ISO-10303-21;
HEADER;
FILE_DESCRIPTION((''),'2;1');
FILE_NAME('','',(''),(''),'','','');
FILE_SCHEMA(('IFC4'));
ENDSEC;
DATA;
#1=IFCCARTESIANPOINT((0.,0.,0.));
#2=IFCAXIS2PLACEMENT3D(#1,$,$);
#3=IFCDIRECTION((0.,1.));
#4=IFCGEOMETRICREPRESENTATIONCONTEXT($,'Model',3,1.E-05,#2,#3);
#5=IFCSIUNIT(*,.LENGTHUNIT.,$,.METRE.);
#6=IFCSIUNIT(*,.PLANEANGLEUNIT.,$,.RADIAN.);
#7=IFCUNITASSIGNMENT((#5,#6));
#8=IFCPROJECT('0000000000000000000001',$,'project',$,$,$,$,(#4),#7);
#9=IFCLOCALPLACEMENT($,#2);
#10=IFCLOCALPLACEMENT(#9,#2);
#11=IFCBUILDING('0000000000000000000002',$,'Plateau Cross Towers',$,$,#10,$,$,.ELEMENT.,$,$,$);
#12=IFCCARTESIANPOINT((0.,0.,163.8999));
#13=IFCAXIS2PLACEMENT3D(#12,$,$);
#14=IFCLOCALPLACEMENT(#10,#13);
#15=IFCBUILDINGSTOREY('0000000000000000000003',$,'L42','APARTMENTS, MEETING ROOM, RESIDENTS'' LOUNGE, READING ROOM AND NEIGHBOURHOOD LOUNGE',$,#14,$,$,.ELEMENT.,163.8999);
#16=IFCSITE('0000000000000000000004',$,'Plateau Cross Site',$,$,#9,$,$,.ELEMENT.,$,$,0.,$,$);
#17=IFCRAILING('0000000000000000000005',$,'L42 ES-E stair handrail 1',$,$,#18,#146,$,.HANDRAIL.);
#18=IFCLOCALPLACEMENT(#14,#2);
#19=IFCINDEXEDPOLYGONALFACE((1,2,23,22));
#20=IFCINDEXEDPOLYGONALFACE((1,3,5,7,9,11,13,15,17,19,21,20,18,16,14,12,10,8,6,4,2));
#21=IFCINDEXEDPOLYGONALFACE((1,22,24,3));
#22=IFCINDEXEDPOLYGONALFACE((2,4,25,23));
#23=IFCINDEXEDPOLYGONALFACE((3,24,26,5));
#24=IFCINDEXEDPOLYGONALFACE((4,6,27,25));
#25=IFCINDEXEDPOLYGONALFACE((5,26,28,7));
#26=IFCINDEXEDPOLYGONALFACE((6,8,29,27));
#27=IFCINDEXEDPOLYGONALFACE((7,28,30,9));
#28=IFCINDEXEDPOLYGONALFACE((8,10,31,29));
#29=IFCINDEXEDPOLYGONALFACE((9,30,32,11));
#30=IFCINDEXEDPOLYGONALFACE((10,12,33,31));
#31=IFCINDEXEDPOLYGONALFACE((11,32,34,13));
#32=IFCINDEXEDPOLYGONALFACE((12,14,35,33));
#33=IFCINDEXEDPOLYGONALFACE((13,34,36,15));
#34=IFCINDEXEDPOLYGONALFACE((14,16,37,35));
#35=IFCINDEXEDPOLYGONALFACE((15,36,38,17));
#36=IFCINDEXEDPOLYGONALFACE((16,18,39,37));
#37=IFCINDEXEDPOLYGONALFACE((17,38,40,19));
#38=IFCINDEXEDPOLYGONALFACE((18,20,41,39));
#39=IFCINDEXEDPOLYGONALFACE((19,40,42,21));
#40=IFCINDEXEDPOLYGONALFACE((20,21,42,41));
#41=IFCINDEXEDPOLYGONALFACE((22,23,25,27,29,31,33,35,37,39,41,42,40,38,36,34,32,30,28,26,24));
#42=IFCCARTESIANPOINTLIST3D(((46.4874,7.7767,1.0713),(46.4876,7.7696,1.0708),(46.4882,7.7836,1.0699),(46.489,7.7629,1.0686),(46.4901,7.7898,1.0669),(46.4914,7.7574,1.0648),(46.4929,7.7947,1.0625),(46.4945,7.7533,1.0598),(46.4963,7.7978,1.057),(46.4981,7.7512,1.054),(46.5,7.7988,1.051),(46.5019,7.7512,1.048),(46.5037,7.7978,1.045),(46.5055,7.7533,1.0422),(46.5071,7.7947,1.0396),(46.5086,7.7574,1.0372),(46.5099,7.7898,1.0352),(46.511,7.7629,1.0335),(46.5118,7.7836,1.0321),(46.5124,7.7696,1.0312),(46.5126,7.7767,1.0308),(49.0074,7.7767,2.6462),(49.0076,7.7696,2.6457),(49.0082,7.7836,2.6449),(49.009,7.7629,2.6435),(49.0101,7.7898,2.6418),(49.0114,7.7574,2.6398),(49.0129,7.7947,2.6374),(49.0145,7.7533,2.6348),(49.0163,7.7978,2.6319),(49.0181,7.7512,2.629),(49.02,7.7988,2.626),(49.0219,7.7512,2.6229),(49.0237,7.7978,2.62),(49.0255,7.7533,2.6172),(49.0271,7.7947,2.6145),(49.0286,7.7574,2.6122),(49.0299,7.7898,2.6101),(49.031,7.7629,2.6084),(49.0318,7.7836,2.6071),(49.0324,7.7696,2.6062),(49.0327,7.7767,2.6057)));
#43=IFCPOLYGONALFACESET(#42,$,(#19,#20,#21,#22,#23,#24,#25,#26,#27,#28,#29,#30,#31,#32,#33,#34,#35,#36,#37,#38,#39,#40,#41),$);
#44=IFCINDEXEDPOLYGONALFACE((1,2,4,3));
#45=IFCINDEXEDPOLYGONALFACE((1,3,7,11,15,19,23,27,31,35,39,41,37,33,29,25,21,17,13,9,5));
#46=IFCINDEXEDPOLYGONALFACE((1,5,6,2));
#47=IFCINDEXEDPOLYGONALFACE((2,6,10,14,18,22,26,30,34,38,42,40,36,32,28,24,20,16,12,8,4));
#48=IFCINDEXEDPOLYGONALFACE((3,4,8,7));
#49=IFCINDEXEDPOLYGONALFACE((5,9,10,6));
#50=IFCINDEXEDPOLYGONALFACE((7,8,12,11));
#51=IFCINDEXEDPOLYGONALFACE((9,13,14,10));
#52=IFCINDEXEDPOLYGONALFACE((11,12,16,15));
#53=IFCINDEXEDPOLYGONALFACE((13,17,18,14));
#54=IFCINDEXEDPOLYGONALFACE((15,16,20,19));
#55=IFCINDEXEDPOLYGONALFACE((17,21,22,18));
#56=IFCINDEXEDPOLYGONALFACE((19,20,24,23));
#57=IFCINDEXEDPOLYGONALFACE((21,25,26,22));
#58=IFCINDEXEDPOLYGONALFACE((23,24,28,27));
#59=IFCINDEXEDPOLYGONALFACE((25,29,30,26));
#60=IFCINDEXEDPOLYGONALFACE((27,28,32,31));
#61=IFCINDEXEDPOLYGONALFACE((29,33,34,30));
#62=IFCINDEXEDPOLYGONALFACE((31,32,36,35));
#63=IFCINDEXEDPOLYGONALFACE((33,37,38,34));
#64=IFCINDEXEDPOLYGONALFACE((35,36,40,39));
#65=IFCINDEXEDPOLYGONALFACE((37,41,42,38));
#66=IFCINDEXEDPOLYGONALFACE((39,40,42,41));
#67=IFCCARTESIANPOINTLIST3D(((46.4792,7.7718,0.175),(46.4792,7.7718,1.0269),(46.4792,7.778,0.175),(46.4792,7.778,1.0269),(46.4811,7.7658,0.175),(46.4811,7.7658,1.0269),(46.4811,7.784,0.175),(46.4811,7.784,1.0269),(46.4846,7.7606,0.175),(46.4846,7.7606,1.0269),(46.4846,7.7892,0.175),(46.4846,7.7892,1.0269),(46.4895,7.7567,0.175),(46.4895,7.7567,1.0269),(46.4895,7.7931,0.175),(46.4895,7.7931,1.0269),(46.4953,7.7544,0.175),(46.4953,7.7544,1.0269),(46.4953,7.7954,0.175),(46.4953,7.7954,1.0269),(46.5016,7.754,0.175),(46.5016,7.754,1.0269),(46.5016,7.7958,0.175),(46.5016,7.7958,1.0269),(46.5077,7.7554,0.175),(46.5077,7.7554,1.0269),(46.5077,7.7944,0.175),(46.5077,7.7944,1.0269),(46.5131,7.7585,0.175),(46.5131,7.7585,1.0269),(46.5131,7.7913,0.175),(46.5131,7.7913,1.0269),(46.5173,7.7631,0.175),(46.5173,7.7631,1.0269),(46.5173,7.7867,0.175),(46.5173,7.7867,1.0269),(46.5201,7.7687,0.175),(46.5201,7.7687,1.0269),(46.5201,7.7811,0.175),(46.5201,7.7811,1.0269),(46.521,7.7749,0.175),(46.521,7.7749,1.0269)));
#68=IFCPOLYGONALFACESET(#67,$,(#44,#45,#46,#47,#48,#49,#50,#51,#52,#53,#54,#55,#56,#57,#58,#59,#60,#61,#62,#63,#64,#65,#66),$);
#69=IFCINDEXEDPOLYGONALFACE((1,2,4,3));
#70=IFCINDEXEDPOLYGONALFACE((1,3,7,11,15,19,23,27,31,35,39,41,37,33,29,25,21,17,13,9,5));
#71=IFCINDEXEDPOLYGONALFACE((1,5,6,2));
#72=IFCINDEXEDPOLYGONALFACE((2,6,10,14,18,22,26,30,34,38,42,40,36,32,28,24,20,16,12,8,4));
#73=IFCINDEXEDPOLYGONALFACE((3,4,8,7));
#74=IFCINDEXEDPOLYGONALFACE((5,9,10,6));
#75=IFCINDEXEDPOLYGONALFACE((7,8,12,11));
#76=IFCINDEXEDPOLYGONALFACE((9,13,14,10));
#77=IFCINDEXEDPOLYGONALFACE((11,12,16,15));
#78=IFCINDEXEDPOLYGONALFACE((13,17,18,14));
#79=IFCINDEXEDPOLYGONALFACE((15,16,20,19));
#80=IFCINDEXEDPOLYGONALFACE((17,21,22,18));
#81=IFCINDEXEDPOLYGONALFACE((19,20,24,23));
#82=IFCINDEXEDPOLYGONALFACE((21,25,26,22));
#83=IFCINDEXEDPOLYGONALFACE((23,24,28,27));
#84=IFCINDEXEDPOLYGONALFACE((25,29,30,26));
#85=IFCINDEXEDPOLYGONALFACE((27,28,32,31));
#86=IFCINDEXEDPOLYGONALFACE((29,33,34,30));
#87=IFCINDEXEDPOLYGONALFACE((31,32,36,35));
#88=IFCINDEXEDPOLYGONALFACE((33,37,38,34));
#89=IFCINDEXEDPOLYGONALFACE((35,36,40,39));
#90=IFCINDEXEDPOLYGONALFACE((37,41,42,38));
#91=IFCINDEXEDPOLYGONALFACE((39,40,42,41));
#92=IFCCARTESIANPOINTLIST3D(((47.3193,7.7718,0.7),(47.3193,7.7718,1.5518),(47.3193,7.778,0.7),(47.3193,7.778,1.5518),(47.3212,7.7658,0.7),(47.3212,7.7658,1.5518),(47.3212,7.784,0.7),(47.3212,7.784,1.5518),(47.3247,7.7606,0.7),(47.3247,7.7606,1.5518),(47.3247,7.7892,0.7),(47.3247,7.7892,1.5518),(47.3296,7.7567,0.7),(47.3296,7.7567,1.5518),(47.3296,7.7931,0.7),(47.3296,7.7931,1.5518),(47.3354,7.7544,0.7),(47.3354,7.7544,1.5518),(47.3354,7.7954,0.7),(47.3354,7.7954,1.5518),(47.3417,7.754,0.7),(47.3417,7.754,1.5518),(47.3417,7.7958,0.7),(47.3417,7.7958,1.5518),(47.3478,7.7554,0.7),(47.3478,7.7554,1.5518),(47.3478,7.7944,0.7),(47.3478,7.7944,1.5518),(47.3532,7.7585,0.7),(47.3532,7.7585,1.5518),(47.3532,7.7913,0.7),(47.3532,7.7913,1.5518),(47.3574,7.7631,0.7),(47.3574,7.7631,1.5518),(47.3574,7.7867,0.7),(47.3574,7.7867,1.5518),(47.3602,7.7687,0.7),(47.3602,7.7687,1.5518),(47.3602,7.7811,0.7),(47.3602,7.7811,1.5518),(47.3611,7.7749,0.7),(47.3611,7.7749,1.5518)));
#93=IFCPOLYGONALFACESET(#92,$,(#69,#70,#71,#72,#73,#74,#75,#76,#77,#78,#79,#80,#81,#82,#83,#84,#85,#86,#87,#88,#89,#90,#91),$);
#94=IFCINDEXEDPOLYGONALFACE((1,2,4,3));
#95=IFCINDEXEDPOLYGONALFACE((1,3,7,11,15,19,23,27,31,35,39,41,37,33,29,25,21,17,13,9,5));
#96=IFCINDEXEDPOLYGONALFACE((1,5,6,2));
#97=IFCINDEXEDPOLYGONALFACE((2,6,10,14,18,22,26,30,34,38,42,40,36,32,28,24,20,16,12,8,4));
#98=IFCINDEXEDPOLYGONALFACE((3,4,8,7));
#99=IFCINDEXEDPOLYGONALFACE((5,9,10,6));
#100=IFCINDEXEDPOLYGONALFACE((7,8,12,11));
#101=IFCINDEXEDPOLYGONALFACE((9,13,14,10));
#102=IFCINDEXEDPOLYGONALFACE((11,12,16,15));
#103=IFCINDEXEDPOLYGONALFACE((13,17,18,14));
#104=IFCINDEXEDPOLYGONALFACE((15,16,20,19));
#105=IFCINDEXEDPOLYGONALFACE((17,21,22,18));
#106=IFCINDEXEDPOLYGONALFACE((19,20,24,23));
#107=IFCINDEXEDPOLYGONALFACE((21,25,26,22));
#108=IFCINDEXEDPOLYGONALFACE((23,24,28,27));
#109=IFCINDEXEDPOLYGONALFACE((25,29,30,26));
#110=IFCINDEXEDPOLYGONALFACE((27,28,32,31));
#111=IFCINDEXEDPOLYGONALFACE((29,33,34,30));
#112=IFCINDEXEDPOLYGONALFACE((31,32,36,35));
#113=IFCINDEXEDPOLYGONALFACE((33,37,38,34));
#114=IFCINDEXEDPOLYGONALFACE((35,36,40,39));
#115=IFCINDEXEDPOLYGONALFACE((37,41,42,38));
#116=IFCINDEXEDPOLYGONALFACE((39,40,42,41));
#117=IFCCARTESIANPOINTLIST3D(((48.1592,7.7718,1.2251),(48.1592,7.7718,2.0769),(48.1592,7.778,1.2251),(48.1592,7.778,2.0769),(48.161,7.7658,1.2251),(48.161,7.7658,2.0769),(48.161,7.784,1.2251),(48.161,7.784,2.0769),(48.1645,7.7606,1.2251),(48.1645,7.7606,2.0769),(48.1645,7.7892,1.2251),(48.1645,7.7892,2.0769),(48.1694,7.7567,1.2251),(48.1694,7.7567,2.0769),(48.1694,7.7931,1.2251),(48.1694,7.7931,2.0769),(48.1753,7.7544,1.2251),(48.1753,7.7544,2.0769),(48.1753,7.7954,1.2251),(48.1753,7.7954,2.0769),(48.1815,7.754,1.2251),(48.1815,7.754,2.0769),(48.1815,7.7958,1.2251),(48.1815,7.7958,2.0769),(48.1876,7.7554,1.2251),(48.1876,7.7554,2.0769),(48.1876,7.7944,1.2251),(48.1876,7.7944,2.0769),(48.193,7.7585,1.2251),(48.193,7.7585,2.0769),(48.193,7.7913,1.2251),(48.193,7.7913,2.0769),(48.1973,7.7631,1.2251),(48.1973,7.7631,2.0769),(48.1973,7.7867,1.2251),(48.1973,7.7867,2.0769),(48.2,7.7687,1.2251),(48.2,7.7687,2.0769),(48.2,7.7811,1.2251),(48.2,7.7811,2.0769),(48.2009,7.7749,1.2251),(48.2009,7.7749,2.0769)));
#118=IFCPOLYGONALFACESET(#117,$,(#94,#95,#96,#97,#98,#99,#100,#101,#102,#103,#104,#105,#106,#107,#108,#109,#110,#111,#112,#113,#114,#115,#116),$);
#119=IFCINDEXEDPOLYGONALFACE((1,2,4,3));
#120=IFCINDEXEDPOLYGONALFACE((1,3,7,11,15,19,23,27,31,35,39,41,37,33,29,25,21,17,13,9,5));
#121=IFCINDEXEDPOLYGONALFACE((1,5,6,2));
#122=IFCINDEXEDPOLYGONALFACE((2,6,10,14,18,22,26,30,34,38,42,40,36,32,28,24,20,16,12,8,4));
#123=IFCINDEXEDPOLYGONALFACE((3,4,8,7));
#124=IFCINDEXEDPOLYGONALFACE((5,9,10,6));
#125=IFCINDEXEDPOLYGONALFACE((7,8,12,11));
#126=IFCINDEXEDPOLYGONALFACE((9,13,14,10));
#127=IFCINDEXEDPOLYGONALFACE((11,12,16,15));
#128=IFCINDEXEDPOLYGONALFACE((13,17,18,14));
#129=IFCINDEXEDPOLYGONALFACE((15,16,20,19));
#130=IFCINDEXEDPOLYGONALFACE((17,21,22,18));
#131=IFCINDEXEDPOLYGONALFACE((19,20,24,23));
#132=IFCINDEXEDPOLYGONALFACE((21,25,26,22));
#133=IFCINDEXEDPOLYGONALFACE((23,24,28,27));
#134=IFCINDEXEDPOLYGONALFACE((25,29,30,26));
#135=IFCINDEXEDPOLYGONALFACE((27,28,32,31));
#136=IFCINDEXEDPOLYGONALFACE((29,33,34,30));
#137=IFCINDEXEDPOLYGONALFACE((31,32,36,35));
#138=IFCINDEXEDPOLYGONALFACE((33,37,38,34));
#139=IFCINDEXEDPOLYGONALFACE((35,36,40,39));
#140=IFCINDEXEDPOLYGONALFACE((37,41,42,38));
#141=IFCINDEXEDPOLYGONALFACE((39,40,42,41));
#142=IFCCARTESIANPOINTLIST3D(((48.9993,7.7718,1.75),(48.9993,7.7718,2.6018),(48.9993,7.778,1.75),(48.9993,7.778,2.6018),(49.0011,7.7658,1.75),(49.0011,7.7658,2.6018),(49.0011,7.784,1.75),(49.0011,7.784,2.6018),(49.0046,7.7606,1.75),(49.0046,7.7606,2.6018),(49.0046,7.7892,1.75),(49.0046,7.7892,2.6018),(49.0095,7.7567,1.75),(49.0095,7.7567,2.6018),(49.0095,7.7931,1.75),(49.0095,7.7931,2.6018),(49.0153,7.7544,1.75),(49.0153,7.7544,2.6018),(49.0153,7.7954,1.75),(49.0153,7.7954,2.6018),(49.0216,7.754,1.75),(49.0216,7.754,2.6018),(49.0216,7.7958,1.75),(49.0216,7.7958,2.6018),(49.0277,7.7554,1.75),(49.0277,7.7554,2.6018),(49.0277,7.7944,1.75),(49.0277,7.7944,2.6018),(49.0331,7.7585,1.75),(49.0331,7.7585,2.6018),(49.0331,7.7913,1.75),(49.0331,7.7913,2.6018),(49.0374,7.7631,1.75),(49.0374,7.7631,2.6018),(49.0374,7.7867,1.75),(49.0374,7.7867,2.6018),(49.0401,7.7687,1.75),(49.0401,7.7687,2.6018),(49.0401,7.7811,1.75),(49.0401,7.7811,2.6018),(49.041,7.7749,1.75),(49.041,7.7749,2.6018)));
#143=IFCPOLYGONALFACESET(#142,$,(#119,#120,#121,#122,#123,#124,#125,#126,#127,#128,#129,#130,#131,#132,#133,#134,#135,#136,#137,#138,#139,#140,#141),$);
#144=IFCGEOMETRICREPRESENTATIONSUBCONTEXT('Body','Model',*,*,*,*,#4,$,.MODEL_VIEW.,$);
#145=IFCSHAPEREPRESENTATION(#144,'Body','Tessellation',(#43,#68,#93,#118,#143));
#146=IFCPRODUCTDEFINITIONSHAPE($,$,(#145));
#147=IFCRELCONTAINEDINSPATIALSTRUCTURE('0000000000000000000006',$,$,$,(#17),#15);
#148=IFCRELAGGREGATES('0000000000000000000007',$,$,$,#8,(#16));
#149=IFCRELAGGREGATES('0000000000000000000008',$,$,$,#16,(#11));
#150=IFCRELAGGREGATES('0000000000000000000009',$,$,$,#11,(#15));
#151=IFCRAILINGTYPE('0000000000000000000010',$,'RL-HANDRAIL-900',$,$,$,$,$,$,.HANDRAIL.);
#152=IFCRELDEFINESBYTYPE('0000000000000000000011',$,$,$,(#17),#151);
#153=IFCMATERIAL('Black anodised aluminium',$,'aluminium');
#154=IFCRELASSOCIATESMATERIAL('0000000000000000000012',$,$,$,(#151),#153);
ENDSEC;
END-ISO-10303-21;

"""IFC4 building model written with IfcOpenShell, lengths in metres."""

from ifc_helpers import new_model, si_unit, direction, frame, origin, origin_2d, place, context, subcontext, project, spatial, circle, extrude, material, type_object, element, save


model = new_model("IFC4")

# Units and contexts
model_context = context("Model", 3, precision=1e-05, world=origin(), true_north=direction((0.0, 1.0)))
body_context = subcontext(model_context, "Body", "Model", "MODEL_VIEW")
ifc_project = project(units=[si_unit("LENGTHUNIT", "METRE"), si_unit("PLANEANGLEUNIT", "RADIAN")], contexts=[model_context])

# Site, building, storey
site_placement = place(None, origin())
site = spatial("IfcSite", under=ifc_project, at=site_placement, Name="Plateau Cross Site", CompositionType="ELEMENT", RefElevation=0.0)
building_placement = place(site_placement, origin())
building = spatial("IfcBuilding", under=site, at=building_placement, Name="Plateau Cross Towers", CompositionType="ELEMENT")
storey_placement = place(building_placement, frame((0.0, 0.0, 163.8999)))
storey = spatial("IfcBuildingStorey", under=building, at=storey_placement, Name="L42", Description="APARTMENTS, MEETING ROOM, RESIDENTS' LOUNGE, READING ROOM AND NEIGHBOURHOOD LOUNGE", CompositionType="ELEMENT", Elevation=163.8999)

# Shared definitions
ifc_material_1 = material(Name="Black anodised aluminium", Category="aluminium")

# Railing
railing_type_1 = type_object("IfcRailingType", Name="RL-HANDRAIL-900", PredefinedType="HANDRAIL", material=ifc_material_1)
railing_1_placement = place(storey_placement, frame((46.5, 7.7749, 0.175)))
element("IfcRailing", 1, at=railing_1_placement, inside=storey, type_object=railing_type_1, Name="L42 ES-E stair handrail 1", PredefinedType="HANDRAIL", context=body_context, shape_type="SweptSolid", body=[
    extrude(circle(Radius=0.0239, at=origin_2d()), frame((0.0, 0.0, 0.876), z_axis=(0.848008, 0.0, 0.529984), x_axis=(0.0, 1.0, 0.0)), (0.0, 0.0, 1.0), 2.9717),
    extrude(circle(Radius=0.021, at=origin_2d()), origin(), (0.0, 0.0, 1.0), 0.8518),
    extrude(circle(Radius=0.021, at=origin_2d()), frame((0.8401, 0.0, 0.5249)), (0.0, 0.0, 1.0), 0.8518),
    extrude(circle(Radius=0.021, at=origin_2d()), frame((1.6799, 0.0, 1.05)), (0.0, 0.0, 1.0), 0.8518),
    extrude(circle(Radius=0.021, at=origin_2d()), frame((2.52, 0.0, 1.575)), (0.0, 0.0, 1.0), 0.8518),
])

save(model, "model.ifc")
